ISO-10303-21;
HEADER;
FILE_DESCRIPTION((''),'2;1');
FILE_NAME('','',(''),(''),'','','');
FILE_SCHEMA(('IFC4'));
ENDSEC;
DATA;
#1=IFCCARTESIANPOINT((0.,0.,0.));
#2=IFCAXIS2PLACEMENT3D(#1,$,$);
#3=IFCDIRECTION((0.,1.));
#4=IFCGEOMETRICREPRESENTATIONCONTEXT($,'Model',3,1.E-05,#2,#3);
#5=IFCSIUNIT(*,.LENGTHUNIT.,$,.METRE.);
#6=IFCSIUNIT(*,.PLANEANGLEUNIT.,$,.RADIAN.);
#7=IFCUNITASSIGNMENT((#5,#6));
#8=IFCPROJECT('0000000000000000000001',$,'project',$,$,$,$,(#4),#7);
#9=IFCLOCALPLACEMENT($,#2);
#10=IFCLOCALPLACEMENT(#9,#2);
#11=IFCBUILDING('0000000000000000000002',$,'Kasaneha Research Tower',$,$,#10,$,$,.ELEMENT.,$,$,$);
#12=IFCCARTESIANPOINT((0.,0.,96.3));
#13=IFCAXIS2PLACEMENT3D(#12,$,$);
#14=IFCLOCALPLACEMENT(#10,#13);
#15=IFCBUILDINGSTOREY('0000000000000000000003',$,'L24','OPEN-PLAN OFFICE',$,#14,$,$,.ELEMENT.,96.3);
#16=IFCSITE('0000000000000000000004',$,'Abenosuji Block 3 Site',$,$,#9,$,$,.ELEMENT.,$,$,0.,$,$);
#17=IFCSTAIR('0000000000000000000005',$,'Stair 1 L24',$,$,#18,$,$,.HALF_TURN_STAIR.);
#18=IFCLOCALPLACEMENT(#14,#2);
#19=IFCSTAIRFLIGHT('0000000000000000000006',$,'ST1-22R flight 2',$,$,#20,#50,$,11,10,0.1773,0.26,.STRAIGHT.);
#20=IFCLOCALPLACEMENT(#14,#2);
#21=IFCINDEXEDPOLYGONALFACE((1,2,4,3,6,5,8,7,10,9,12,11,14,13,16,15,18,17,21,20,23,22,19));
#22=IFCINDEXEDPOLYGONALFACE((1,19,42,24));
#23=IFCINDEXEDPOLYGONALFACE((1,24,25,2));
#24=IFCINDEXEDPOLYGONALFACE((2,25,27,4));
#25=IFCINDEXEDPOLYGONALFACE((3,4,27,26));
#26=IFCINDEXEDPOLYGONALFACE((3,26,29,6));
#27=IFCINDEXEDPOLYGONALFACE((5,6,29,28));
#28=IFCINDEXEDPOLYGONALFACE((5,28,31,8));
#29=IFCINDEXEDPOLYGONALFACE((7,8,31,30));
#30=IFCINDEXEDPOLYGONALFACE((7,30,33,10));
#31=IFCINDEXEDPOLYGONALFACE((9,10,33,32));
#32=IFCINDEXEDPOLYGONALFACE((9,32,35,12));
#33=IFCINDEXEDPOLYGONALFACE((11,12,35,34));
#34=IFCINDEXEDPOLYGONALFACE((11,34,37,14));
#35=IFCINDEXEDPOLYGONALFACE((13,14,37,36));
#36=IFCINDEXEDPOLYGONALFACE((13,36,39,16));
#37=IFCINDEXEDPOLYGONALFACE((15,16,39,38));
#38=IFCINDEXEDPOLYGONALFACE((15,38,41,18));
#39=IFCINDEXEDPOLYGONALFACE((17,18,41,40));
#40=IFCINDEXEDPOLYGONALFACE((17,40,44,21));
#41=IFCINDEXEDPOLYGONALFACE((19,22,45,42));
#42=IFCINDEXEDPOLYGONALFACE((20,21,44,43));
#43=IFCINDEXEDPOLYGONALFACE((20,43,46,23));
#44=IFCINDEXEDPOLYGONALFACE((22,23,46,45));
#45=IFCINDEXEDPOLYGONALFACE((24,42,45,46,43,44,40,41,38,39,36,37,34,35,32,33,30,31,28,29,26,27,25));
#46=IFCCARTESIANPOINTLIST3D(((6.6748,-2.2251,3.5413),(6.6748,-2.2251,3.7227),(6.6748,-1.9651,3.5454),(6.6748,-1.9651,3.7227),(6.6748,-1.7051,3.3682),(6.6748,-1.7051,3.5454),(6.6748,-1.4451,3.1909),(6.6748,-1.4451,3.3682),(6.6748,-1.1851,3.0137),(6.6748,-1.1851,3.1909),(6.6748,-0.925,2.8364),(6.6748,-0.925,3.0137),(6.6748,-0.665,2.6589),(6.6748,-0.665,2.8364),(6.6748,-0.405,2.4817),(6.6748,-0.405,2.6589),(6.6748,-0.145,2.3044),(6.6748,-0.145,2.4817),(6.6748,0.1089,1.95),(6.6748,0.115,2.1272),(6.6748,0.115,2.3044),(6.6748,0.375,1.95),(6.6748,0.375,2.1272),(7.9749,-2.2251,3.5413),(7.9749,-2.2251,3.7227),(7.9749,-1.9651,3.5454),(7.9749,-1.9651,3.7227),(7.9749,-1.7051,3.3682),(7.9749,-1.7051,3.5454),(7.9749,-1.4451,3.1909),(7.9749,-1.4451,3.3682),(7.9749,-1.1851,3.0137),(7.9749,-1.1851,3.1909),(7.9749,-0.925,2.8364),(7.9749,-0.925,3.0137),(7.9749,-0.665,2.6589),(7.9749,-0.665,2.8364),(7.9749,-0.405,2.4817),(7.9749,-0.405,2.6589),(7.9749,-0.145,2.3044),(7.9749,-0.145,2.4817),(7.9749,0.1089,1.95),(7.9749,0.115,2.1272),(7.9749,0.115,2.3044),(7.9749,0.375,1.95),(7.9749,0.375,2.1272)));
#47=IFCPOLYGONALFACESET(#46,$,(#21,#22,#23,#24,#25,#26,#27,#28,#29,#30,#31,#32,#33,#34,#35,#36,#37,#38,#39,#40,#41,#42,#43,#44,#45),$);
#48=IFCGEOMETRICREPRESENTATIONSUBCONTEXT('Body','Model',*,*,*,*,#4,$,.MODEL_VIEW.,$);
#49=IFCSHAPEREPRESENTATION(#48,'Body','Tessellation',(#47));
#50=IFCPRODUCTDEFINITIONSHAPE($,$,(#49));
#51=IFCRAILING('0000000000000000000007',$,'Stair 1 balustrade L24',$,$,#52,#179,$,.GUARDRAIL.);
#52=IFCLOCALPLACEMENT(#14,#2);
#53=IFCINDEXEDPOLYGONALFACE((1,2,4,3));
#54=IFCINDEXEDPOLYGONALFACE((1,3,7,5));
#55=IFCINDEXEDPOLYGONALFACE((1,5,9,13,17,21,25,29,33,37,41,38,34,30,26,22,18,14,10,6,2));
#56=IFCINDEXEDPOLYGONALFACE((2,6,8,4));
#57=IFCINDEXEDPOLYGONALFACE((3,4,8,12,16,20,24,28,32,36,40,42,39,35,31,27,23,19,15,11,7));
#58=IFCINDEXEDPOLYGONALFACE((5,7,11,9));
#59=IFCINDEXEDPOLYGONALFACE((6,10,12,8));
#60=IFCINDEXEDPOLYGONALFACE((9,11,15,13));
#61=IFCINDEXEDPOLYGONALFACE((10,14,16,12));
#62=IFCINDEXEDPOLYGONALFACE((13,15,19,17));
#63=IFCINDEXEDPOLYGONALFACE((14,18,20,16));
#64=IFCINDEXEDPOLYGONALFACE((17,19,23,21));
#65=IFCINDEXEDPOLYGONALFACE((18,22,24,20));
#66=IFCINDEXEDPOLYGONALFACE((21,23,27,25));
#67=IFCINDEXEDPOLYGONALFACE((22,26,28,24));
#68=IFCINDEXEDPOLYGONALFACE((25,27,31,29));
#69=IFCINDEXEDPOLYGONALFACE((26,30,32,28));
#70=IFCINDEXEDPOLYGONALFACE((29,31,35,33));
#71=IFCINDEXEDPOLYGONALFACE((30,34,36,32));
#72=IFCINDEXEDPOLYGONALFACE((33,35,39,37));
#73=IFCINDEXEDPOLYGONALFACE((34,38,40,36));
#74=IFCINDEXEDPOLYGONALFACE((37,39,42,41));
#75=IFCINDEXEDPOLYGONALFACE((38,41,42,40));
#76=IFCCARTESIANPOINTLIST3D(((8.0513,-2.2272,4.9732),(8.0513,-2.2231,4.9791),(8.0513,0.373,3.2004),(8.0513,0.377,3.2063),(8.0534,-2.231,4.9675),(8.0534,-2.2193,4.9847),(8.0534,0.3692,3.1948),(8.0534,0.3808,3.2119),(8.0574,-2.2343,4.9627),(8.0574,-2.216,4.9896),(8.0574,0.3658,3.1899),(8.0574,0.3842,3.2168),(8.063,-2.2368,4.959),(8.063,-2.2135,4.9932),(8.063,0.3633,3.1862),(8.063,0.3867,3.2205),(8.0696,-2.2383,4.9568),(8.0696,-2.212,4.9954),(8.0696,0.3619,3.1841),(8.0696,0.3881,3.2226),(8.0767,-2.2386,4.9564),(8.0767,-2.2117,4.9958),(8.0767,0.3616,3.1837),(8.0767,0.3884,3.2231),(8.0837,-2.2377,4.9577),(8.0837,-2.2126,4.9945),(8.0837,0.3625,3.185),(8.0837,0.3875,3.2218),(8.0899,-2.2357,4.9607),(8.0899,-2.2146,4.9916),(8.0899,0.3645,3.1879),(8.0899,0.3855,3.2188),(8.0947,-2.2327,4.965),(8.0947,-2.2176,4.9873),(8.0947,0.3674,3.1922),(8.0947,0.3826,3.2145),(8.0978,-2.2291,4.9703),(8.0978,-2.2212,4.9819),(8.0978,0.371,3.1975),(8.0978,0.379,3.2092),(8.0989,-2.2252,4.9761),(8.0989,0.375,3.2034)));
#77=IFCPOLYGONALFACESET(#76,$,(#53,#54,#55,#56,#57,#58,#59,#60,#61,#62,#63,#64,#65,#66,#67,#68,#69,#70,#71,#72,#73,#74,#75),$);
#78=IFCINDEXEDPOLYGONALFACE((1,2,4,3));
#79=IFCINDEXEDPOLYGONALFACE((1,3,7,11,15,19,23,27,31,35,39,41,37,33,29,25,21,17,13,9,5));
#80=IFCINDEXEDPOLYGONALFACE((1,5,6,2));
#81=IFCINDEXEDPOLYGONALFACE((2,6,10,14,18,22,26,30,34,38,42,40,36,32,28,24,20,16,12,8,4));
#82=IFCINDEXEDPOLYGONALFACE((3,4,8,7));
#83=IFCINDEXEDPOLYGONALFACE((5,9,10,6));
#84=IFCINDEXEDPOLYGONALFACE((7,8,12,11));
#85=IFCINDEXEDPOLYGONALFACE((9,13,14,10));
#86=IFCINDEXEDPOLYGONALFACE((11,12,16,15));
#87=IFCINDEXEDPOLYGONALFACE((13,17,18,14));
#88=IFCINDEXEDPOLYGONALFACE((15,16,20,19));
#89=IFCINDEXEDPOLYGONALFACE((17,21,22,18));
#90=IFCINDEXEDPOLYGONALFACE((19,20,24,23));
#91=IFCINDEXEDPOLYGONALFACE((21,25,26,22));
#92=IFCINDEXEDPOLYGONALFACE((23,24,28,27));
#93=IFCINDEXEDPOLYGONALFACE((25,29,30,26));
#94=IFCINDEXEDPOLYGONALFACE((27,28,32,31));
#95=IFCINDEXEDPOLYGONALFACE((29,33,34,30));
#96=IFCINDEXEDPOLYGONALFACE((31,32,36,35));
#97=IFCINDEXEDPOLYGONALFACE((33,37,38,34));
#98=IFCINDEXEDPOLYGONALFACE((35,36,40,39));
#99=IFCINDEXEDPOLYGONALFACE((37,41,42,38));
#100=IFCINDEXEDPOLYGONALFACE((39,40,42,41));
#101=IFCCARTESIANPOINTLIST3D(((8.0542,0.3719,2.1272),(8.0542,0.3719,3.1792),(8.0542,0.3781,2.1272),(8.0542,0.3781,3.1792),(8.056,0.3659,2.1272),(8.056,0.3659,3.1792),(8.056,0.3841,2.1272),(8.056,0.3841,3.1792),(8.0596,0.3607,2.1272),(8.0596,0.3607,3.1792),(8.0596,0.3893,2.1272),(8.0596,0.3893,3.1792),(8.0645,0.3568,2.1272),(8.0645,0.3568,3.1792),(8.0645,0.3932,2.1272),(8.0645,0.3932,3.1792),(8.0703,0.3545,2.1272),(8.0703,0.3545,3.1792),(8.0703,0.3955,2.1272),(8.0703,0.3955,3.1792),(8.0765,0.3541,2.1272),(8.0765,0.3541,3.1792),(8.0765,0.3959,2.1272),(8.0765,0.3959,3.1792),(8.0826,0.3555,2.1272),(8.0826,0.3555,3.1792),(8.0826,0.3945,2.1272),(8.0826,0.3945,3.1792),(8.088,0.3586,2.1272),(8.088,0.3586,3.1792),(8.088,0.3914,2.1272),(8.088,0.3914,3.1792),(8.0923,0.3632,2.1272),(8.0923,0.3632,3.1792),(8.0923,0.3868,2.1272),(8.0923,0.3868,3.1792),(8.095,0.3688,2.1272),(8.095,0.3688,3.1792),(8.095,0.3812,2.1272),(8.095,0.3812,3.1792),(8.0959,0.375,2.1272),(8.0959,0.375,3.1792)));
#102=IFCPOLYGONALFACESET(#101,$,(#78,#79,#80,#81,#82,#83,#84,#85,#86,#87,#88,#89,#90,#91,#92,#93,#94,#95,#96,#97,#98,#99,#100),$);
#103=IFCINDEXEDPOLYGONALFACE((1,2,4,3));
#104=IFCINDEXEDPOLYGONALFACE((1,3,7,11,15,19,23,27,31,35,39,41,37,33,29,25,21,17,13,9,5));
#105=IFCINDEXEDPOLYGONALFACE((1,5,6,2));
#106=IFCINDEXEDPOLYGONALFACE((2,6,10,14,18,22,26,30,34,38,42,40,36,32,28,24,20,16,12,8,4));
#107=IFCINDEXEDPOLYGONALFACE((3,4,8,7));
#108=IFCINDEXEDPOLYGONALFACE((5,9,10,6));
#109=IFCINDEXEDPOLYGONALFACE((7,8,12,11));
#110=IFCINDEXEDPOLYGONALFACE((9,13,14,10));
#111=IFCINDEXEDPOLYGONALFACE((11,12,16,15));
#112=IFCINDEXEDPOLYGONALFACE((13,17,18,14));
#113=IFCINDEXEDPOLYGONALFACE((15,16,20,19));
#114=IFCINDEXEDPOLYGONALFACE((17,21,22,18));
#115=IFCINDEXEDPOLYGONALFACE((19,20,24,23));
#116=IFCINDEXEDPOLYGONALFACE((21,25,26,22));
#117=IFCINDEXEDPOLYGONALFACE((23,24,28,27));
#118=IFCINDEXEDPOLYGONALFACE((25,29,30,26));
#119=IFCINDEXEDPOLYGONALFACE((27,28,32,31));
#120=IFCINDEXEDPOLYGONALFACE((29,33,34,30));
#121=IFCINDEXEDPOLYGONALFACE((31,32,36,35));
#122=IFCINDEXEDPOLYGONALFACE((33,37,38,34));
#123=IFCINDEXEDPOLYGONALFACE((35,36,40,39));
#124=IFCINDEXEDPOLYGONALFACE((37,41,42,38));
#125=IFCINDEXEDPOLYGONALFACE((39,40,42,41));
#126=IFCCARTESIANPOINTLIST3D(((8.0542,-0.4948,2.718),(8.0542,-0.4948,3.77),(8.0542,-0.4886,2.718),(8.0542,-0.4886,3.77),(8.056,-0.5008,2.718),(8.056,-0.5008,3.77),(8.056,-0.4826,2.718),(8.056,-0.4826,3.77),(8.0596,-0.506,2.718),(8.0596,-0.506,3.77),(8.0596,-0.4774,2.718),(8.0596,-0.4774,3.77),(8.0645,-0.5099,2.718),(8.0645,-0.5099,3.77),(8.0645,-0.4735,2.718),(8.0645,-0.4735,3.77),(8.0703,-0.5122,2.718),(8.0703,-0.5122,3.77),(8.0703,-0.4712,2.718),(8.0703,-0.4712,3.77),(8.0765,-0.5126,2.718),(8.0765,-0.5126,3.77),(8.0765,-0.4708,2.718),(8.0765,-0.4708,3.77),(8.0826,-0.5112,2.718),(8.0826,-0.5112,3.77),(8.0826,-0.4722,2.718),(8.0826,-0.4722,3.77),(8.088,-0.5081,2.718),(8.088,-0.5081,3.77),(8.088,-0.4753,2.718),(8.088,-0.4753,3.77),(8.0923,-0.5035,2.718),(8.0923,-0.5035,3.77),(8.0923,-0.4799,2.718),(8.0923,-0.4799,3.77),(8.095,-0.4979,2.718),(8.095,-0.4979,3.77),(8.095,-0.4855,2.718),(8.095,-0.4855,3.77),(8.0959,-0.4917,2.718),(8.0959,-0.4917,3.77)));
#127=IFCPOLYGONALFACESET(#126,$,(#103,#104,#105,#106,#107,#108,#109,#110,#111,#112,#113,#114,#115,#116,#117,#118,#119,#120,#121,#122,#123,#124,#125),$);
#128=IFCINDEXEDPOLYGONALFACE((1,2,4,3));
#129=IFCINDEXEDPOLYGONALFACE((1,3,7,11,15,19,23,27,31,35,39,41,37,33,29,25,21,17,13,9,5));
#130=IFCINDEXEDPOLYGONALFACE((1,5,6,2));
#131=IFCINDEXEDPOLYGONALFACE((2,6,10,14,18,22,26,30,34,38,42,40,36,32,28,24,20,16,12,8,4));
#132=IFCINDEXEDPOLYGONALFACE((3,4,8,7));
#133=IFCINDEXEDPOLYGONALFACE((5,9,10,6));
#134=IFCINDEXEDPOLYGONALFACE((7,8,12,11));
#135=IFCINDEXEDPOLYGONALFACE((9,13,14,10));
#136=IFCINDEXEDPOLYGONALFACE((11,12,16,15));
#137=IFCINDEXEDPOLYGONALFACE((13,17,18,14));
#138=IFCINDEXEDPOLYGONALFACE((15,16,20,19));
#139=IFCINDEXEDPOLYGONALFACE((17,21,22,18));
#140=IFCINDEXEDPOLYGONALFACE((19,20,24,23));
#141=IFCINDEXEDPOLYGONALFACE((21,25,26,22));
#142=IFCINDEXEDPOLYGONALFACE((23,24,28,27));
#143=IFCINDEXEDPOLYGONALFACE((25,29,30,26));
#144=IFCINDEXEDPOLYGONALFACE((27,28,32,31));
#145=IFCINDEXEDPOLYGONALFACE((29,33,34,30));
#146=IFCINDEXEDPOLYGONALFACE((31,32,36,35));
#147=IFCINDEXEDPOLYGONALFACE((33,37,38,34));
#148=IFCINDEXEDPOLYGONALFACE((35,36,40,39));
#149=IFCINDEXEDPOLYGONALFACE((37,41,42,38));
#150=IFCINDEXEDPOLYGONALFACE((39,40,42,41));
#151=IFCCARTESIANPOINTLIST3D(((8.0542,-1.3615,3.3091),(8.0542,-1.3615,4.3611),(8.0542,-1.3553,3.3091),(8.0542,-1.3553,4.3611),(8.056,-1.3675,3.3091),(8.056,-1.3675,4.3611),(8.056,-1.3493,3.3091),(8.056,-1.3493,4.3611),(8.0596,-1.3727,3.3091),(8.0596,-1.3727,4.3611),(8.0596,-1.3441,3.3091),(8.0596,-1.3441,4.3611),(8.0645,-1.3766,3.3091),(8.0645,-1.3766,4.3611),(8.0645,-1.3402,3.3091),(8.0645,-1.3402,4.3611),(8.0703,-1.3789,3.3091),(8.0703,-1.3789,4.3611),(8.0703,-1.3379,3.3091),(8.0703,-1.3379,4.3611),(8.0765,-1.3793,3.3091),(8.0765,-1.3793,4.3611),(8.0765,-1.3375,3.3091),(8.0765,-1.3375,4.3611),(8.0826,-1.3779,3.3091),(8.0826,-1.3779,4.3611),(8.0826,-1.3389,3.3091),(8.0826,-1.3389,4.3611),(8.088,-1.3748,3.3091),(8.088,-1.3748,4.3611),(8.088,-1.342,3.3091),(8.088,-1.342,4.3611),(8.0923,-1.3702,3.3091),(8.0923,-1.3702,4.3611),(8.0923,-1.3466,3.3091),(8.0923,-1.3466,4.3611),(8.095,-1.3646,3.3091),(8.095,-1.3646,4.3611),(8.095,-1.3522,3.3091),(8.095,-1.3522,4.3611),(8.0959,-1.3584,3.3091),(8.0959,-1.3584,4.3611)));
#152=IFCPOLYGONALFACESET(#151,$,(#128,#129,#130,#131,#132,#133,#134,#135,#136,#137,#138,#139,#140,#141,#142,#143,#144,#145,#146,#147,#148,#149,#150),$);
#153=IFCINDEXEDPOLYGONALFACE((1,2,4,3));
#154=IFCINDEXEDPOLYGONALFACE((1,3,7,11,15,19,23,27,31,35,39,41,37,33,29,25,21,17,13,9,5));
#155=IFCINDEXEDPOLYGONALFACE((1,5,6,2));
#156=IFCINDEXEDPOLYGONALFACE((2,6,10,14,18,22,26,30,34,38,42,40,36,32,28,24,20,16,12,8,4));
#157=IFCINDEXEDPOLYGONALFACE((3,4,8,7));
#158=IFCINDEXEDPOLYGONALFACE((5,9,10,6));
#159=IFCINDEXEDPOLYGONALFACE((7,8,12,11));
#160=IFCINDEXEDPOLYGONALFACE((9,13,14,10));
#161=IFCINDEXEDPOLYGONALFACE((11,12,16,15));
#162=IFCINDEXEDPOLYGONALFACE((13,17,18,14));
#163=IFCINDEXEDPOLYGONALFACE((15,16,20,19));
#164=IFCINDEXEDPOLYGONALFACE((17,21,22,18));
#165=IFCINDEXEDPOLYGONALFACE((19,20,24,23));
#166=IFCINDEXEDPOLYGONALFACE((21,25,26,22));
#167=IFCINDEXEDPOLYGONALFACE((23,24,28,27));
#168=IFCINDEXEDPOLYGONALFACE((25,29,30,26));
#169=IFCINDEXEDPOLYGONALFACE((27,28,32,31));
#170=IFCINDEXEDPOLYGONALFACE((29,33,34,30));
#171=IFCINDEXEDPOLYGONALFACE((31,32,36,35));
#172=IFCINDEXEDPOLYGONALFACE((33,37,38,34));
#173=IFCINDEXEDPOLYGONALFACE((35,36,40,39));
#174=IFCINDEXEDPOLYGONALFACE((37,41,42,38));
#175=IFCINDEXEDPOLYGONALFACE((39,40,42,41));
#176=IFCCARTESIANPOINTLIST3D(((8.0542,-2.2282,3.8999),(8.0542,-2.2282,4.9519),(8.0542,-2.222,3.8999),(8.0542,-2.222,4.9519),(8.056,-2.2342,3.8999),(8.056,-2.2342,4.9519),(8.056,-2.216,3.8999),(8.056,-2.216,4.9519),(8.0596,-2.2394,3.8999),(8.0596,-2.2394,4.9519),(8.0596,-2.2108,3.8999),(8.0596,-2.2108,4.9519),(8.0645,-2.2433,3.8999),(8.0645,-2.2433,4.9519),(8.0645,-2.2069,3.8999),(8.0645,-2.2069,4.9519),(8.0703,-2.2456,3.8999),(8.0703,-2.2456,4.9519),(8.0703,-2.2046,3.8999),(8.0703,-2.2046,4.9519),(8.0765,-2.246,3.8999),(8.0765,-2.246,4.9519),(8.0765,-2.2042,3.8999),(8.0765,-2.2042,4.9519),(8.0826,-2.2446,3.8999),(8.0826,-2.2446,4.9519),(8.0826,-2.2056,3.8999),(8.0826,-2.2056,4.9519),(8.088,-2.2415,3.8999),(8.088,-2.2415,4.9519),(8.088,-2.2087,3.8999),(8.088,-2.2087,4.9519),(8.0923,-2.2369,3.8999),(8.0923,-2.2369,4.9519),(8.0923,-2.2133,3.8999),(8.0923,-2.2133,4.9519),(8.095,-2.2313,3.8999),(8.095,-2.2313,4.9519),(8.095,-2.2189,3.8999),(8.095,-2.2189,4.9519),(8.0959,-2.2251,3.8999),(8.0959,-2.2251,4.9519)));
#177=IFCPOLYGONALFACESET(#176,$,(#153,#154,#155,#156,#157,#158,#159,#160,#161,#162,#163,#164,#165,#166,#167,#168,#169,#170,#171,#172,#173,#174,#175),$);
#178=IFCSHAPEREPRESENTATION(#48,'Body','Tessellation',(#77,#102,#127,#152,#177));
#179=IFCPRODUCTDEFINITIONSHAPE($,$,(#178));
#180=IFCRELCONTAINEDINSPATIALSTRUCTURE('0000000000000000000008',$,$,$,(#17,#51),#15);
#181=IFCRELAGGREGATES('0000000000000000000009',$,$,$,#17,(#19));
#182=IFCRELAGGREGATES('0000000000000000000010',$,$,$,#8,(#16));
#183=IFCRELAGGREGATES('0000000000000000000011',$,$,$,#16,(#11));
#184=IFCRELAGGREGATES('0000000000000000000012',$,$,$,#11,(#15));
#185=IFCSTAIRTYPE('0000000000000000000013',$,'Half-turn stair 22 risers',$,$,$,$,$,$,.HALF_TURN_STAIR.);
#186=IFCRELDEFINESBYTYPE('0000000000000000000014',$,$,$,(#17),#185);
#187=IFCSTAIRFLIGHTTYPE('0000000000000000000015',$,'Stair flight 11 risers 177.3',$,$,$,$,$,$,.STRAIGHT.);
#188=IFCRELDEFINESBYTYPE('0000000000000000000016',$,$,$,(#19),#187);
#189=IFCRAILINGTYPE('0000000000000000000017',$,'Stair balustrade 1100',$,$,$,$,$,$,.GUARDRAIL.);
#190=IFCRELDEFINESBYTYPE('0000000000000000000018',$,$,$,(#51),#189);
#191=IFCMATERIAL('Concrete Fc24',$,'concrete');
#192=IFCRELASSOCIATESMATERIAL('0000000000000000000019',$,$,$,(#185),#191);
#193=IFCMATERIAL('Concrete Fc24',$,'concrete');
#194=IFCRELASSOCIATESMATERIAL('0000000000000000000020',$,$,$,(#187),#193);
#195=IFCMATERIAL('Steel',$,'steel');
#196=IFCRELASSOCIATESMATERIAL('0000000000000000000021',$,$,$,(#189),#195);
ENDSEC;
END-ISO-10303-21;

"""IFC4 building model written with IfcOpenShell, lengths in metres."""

from ifc_helpers import new_model, si_unit, direction, frame, origin, origin_2d, place, context, subcontext, project, spatial, polyline, circle, outline, extrude, material, type_object, element, aggregate, save


model = new_model("IFC4")

# Units and contexts
model_context = context("Model", 3, precision=1e-05, world=origin(), true_north=direction((0.0, 1.0)))
body_context = subcontext(model_context, "Body", "Model", "MODEL_VIEW")
ifc_project = project(units=[si_unit("LENGTHUNIT", "METRE"), si_unit("PLANEANGLEUNIT", "RADIAN")], contexts=[model_context])

# Site, building, storey
site_placement = place(None, origin())
site = spatial("IfcSite", under=ifc_project, at=site_placement, Name="Abenosuji Block 3 Site", CompositionType="ELEMENT", RefElevation=0.0)
building_placement = place(site_placement, origin())
building = spatial("IfcBuilding", under=site, at=building_placement, Name="Kasaneha Research Tower", CompositionType="ELEMENT")
storey_placement = place(building_placement, frame((0.0, 0.0, 96.3)))
storey = spatial("IfcBuildingStorey", under=building, at=storey_placement, Name="L24", Description="OPEN-PLAN OFFICE", CompositionType="ELEMENT", Elevation=96.3)

# Stair, stair flight
ifc_material_1 = material(Name="Concrete Fc24", Category="concrete")
stair_type = type_object("IfcStairType", Name="Half-turn stair 22 risers", PredefinedType="HALF_TURN_STAIR", material=ifc_material_1)
stair_placement = place(storey_placement, origin())
stair = element("IfcStair", 1, at=stair_placement, inside=storey, type_object=stair_type, Name="Stair 1 L24", PredefinedType="HALF_TURN_STAIR")
ifc_material_2 = material(Name="Concrete Fc24", Category="concrete")
stair_flight_type = type_object("IfcStairFlightType", Name="Stair flight 11 risers 177.3", PredefinedType="STRAIGHT", material=ifc_material_2)
stair_flight_placement = place(storey_placement, frame((7.325, 0.375, 1.95), z_axis=(0.0, 0.0, 1.0), x_axis=(0.0, -1.0, 0.0)))
stair_flight = element("IfcStairFlight", 2, at=stair_flight_placement, type_object=stair_flight_type, Name="ST1-22R flight 2", NumberOfRisers=11, NumberOfTreads=10, PredefinedType="STRAIGHT", RiserHeight=0.1773, TreadLength=0.26, context=body_context, shape_type="SweptSolid", body=[
    extrude(outline(polyline([(0.0, 0.0), (0.0, 0.1772), (0.26, 0.1772), (0.26, 0.3545), (0.52, 0.3545), (0.52, 0.5317), (0.78, 0.5317), (0.78, 0.709), (1.04, 0.709), (1.04, 0.8865), (1.3, 0.8865), (1.3, 1.0637), (1.5601, 1.0637), (1.5601, 1.241), (1.8201, 1.241), (1.8201, 1.4182), (2.0801, 1.4182), (2.0801, 1.5955), (2.3401, 1.5955), (2.3401, 1.7727), (2.6001, 1.7727), (2.6001, 1.95), (2.6001, 1.5913), (0.2661, 0.0), (0.0, 0.0)])), frame((0.0, 0.6499, 0.0), z_axis=(0.0, -1.0, 0.0), x_axis=(1.0, 0.0, 0.0)), (0.0, 0.0, 1.0), 1.3),
])
aggregate(stair, [stair_flight])

# Railing
ifc_material_3 = material(Name="Steel", Category="steel")
railing_type_1 = type_object("IfcRailingType", Name="Stair balustrade 1100", PredefinedType="GUARDRAIL", material=ifc_material_3)
railing_1_placement = place(storey_placement, frame((8.075, 0.375, 2.1272)))
element("IfcRailing", 3, at=railing_1_placement, inside=storey, type_object=railing_type_1, Name="Stair 1 balustrade L24", PredefinedType="GUARDRAIL", context=body_context, shape_type="SweptSolid", body=[
    extrude(circle(Radius=0.0239, at=origin_2d()), frame((0.0, 0.0, 1.0762), z_axis=(0.0, -0.82624, 0.563318), x_axis=(1.0, 0.0, 0.0)), (0.0, 0.0, 1.0), 3.147),
    extrude(circle(Radius=0.021, at=origin_2d()), origin(), (0.0, 0.0, 1.0), 1.052),
    extrude(circle(Radius=0.021, at=origin_2d()), frame((0.0, -0.8667, 0.5908)), (0.0, 0.0, 1.0), 1.052),
    extrude(circle(Radius=0.021, at=origin_2d()), frame((0.0, -1.7334, 1.1819)), (0.0, 0.0, 1.0), 1.052),
    extrude(circle(Radius=0.021, at=origin_2d()), frame((0.0, -2.6001, 1.7727)), (0.0, 0.0, 1.0), 1.052),
])

save(model, "model.ifc")
